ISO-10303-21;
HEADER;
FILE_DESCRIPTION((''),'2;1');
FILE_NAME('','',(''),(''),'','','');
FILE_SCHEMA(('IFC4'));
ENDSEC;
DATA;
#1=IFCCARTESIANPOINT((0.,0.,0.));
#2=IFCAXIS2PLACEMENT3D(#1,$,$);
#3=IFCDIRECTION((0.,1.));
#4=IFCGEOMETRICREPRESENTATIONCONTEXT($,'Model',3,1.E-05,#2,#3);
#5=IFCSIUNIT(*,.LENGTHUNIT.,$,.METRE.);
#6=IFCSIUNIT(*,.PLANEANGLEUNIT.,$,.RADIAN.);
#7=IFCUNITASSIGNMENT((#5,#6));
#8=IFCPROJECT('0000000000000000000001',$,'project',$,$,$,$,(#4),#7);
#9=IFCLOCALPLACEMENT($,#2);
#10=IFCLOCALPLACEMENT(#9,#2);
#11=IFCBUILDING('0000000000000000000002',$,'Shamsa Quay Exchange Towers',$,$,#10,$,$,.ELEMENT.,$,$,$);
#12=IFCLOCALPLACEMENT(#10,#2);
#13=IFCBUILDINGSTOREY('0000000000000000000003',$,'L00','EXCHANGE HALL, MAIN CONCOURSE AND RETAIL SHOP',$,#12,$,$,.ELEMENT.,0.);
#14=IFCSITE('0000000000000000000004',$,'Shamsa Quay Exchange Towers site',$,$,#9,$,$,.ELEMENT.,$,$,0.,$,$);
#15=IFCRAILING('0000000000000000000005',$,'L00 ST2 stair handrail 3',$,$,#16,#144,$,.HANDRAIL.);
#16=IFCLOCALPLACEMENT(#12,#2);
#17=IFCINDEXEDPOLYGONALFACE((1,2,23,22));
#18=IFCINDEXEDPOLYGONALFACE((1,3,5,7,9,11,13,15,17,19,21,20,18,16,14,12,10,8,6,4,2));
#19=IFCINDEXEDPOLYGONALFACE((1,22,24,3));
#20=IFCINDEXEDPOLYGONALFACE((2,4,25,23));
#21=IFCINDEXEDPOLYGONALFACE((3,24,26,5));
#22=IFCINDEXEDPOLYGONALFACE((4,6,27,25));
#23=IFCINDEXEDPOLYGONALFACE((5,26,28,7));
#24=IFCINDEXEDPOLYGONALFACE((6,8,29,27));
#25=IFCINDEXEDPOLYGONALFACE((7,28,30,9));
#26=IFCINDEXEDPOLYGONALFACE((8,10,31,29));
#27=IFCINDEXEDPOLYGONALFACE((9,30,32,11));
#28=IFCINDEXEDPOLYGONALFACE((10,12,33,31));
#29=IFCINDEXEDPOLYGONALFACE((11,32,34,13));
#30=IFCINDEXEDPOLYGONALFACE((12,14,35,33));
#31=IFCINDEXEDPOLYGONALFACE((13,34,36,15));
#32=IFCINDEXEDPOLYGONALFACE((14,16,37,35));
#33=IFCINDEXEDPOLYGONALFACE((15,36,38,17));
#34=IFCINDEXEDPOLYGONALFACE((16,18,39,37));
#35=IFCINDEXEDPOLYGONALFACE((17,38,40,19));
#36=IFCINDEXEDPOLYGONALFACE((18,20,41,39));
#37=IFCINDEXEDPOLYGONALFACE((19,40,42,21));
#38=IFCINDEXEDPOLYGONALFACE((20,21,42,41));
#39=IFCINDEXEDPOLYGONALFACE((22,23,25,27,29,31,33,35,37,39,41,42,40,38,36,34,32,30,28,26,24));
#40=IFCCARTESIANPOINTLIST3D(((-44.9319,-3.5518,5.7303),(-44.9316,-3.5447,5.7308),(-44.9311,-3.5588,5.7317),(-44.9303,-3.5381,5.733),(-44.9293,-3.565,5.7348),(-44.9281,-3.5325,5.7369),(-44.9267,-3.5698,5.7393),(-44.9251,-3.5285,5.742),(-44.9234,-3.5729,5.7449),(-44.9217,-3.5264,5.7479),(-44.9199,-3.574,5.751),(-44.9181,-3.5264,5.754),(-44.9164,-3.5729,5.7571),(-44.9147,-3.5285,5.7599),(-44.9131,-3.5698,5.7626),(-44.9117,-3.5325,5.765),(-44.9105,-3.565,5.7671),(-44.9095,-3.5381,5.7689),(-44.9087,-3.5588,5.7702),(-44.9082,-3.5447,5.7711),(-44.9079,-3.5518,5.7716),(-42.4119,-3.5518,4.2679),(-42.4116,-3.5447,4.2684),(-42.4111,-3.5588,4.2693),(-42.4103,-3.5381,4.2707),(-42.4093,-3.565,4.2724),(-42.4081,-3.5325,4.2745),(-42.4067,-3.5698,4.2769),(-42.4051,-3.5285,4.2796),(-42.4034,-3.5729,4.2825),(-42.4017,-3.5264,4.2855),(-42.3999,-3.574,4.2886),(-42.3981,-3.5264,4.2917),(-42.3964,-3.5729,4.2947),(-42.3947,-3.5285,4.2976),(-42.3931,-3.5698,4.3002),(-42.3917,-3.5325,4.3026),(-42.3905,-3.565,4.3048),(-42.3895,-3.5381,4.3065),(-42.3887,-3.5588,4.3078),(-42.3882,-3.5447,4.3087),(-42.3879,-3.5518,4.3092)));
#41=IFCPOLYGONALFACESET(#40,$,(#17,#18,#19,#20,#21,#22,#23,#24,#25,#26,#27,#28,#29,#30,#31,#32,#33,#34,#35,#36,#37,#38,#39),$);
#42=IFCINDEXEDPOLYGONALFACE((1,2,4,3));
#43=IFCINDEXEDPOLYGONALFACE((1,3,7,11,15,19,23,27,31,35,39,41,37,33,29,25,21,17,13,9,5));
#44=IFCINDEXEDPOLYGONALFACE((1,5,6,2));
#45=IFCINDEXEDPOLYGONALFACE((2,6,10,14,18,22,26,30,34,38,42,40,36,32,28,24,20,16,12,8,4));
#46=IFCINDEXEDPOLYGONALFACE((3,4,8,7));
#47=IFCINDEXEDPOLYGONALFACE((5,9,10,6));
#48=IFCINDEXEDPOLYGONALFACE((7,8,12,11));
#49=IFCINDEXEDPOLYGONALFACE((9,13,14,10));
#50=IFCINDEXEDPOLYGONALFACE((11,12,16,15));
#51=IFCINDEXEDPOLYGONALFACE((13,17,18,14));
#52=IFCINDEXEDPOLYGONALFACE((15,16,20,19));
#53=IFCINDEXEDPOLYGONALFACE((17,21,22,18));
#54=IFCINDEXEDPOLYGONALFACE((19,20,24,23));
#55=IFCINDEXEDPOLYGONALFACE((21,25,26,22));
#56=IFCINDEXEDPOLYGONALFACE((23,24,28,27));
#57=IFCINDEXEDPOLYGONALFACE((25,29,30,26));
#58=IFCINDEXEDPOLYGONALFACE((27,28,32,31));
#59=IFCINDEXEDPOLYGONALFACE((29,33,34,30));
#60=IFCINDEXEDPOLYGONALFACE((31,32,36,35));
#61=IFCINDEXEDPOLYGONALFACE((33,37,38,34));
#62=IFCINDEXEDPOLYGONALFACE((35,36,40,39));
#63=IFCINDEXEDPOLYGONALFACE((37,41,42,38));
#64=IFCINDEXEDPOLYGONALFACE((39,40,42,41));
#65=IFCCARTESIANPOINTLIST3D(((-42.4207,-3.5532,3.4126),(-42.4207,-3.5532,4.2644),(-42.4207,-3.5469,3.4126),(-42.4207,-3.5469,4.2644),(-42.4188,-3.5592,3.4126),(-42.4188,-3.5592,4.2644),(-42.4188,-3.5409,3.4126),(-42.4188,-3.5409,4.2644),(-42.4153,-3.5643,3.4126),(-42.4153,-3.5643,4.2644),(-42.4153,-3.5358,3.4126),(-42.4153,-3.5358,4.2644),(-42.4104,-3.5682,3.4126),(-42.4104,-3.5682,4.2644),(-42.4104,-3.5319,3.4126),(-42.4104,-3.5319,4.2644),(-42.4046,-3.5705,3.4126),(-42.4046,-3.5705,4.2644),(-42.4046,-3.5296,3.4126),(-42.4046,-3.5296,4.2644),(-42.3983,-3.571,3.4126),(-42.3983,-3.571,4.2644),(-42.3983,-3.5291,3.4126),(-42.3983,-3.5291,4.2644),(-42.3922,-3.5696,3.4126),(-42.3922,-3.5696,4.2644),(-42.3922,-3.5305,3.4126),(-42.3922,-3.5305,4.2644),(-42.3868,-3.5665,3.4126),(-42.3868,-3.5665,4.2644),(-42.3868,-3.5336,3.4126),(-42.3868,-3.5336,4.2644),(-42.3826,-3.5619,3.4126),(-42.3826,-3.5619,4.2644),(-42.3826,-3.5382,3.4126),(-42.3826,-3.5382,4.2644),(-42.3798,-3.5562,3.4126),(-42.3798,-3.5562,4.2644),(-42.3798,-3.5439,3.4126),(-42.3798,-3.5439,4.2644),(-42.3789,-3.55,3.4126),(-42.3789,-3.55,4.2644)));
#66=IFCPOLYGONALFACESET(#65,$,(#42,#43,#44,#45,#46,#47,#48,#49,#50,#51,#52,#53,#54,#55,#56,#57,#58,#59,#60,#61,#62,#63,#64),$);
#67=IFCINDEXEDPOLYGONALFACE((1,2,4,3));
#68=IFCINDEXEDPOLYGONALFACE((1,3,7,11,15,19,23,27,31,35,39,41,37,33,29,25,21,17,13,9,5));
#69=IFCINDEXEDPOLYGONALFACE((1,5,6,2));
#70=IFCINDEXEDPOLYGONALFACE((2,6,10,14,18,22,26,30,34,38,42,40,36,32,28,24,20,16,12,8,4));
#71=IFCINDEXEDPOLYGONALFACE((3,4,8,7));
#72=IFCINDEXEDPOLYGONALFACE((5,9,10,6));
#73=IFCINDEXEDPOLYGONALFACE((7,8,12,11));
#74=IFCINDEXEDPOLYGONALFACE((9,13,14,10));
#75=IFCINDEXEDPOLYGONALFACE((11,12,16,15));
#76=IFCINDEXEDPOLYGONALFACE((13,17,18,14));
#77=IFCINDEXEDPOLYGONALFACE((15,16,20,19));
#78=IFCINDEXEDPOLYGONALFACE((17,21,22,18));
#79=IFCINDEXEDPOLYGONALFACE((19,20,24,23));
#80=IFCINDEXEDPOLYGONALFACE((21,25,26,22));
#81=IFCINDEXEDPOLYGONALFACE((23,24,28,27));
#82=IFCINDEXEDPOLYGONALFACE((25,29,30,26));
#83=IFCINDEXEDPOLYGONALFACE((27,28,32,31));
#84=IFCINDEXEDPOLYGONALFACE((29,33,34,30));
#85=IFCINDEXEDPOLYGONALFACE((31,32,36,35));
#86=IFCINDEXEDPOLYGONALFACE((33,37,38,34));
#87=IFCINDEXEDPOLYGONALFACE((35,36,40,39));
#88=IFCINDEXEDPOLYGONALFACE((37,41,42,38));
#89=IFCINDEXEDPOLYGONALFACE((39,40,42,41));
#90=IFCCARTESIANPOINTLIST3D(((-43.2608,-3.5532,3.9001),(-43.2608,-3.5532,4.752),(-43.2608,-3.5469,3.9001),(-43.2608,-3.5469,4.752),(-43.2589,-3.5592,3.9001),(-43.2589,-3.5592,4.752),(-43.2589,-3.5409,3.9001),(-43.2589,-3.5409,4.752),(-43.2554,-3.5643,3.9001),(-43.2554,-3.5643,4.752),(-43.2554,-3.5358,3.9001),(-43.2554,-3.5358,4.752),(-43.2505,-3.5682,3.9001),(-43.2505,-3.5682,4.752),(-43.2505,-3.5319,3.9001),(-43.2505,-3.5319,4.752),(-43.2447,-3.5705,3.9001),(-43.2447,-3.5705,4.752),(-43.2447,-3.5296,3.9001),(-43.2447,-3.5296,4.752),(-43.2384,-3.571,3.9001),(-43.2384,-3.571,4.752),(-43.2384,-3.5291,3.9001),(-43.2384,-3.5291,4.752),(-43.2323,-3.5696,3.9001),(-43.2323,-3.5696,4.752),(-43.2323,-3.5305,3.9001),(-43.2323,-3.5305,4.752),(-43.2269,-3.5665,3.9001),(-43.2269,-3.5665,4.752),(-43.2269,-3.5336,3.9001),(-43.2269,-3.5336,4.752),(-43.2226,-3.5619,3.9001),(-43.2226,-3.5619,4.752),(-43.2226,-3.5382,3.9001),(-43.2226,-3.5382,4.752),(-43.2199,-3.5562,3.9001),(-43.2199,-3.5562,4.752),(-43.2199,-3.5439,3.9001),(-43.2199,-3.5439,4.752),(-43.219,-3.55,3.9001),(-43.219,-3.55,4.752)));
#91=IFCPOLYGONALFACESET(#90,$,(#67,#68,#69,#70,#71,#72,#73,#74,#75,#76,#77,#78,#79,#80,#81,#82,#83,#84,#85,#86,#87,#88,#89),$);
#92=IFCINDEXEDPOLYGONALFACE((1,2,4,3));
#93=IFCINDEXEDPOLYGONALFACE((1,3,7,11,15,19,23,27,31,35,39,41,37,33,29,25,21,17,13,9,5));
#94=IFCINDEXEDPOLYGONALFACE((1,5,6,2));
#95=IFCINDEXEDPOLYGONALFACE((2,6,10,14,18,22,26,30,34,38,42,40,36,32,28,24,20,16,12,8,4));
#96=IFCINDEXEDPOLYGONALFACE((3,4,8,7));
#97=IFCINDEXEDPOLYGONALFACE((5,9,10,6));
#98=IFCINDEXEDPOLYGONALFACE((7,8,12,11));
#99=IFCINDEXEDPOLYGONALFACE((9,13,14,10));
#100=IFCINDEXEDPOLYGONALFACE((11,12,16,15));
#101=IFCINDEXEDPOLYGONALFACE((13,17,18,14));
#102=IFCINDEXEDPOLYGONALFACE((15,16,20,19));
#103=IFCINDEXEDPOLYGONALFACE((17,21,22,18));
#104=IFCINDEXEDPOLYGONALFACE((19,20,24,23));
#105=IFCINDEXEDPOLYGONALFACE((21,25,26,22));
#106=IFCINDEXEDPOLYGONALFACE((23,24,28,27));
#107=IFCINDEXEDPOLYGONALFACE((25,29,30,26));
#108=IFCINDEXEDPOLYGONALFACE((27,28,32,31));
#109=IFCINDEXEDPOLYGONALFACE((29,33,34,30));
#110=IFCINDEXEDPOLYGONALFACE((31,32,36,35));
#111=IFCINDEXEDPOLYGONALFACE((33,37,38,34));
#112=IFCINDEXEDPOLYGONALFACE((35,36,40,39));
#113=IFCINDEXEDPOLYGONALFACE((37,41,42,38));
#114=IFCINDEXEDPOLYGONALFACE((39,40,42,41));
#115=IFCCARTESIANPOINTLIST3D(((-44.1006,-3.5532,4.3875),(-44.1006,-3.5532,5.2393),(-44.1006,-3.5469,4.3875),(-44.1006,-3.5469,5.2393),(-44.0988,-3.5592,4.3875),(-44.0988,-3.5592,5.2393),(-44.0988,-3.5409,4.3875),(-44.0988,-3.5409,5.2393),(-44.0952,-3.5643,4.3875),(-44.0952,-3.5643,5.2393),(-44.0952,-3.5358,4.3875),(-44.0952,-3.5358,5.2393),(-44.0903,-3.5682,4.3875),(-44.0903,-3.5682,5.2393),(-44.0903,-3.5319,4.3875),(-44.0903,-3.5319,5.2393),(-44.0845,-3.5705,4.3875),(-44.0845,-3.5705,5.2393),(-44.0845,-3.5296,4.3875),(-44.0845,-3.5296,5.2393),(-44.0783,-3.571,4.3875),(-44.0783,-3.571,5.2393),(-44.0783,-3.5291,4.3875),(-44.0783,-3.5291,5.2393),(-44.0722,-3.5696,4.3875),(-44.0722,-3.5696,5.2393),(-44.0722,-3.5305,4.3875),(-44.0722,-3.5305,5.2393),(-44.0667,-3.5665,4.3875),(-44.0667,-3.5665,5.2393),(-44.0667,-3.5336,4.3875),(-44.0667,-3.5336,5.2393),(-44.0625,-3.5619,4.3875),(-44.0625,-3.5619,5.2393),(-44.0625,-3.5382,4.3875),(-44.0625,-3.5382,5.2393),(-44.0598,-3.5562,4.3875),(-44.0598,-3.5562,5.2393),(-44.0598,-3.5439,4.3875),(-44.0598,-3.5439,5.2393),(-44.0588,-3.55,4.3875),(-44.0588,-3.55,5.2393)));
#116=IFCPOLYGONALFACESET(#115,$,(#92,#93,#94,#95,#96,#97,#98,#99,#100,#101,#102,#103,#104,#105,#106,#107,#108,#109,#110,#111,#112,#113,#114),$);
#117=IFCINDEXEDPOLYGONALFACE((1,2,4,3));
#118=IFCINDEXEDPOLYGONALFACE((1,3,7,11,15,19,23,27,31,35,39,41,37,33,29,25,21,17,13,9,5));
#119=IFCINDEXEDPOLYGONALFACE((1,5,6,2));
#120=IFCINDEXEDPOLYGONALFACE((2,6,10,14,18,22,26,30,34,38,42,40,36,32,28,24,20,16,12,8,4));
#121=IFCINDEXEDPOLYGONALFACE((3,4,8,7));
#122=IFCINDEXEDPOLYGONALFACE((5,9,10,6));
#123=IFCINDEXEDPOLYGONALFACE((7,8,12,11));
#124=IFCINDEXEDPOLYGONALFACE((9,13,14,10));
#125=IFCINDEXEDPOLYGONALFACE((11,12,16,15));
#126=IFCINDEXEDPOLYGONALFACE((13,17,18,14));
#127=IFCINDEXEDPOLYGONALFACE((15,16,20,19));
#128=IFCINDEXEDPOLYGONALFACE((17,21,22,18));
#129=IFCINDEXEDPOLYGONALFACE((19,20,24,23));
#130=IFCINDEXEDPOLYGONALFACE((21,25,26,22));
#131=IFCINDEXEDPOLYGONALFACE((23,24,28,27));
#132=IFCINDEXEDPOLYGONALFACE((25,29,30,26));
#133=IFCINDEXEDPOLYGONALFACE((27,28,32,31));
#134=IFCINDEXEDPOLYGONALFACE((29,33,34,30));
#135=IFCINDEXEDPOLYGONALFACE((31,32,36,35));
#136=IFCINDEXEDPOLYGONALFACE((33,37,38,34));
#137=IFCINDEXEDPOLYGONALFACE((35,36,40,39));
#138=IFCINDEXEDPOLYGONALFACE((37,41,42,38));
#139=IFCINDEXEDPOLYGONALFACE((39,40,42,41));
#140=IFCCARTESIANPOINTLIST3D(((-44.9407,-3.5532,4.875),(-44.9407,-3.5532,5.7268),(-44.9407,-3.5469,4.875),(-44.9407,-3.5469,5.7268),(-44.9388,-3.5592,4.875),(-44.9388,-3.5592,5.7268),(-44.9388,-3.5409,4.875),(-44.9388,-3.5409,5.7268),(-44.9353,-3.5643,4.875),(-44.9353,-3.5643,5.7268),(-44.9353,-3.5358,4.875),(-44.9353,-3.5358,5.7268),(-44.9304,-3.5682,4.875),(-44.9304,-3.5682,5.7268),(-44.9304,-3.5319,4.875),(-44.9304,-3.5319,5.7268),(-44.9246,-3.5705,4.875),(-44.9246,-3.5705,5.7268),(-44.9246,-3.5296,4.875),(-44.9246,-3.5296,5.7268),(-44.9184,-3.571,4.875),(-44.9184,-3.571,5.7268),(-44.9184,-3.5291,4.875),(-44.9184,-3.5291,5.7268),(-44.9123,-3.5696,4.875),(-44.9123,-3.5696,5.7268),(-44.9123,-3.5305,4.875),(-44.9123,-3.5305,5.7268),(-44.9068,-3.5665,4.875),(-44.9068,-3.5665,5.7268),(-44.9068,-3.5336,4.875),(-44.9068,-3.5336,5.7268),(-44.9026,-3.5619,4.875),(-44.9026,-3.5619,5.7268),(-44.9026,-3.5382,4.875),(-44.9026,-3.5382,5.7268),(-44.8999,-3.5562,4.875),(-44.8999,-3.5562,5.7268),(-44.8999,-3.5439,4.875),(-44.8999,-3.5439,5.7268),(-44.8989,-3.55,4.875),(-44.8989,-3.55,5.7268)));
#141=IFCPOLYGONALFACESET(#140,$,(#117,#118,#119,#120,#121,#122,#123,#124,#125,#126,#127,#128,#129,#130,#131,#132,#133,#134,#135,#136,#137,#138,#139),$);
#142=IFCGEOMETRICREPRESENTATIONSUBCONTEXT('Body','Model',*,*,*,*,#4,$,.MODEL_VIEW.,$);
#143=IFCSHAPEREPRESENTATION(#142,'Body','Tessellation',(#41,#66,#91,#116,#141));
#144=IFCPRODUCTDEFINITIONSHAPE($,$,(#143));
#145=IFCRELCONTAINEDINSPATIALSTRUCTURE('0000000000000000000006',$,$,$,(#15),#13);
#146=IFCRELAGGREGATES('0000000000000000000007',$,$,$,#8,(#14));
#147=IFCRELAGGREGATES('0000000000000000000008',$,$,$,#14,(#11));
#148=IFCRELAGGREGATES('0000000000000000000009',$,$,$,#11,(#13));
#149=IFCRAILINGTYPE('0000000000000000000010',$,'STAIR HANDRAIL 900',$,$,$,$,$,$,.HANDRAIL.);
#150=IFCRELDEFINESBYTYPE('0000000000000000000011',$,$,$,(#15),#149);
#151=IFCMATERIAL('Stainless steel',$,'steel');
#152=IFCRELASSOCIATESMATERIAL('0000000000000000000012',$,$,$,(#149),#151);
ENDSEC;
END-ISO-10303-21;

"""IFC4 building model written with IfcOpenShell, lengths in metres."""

from ifc_helpers import new_model, si_unit, direction, frame, origin, origin_2d, place, context, subcontext, project, spatial, circle, extrude, material, type_object, element, save


model = new_model("IFC4")

# Units and contexts
model_context = context("Model", 3, precision=1e-05, world=origin(), true_north=direction((0.0, 1.0)))
body_context = subcontext(model_context, "Body", "Model", "MODEL_VIEW")
ifc_project = project(units=[si_unit("LENGTHUNIT", "METRE"), si_unit("PLANEANGLEUNIT", "RADIAN")], contexts=[model_context])

# Site, building, storey
site_placement = place(None, origin())
site = spatial("IfcSite", under=ifc_project, at=site_placement, Name="Shamsa Quay Exchange Towers site", CompositionType="ELEMENT", RefElevation=0.0)
building_placement = place(site_placement, origin())
building = spatial("IfcBuilding", under=site, at=building_placement, Name="Shamsa Quay Exchange Towers", CompositionType="ELEMENT")
storey_placement = place(building_placement, origin())
storey = spatial("IfcBuildingStorey", under=building, at=storey_placement, Name="L00", Description="EXCHANGE HALL, MAIN CONCOURSE AND RETAIL SHOP", CompositionType="ELEMENT", Elevation=0.0)

# Railing
ifc_material_1 = material(Name="Stainless steel", Category="steel")
railing_type_1 = type_object("IfcRailingType", Name="STAIR HANDRAIL 900", PredefinedType="HANDRAIL", material=ifc_material_1)
for number, where, name in (
    (1, (-42.3999, -3.55, 3.4126), "L00 ST2 stair handrail 3"),
):
    element("IfcRailing", number, at=place(storey_placement, frame(where)), inside=storey, type_object=railing_type_1, Name=name, PredefinedType="HANDRAIL", context=body_context, shape_type="SweptSolid", body=[
        extrude(circle(Radius=0.0239, at=origin_2d()), frame((0.0, 0.0, 0.876), z_axis=(-0.864913, 0.0, 0.501921), x_axis=(0.0, -1.0, 0.0)), (0.0, 0.0, 1.0), 2.9136),
        extrude(circle(Radius=0.021, at=origin_2d()), origin(), (0.0, 0.0, 1.0), 0.8518),
        extrude(circle(Radius=0.021, at=origin_2d()), frame((-0.8401, 0.0, 0.4875)), (0.0, 0.0, 1.0), 0.8518),
        extrude(circle(Radius=0.021, at=origin_2d()), frame((-1.6799, 0.0, 0.9749)), (0.0, 0.0, 1.0), 0.8518),
        extrude(circle(Radius=0.021, at=origin_2d()), frame((-2.52, 0.0, 1.4624)), (0.0, 0.0, 1.0), 0.8518),
    ])

save(model, "model.ifc")
